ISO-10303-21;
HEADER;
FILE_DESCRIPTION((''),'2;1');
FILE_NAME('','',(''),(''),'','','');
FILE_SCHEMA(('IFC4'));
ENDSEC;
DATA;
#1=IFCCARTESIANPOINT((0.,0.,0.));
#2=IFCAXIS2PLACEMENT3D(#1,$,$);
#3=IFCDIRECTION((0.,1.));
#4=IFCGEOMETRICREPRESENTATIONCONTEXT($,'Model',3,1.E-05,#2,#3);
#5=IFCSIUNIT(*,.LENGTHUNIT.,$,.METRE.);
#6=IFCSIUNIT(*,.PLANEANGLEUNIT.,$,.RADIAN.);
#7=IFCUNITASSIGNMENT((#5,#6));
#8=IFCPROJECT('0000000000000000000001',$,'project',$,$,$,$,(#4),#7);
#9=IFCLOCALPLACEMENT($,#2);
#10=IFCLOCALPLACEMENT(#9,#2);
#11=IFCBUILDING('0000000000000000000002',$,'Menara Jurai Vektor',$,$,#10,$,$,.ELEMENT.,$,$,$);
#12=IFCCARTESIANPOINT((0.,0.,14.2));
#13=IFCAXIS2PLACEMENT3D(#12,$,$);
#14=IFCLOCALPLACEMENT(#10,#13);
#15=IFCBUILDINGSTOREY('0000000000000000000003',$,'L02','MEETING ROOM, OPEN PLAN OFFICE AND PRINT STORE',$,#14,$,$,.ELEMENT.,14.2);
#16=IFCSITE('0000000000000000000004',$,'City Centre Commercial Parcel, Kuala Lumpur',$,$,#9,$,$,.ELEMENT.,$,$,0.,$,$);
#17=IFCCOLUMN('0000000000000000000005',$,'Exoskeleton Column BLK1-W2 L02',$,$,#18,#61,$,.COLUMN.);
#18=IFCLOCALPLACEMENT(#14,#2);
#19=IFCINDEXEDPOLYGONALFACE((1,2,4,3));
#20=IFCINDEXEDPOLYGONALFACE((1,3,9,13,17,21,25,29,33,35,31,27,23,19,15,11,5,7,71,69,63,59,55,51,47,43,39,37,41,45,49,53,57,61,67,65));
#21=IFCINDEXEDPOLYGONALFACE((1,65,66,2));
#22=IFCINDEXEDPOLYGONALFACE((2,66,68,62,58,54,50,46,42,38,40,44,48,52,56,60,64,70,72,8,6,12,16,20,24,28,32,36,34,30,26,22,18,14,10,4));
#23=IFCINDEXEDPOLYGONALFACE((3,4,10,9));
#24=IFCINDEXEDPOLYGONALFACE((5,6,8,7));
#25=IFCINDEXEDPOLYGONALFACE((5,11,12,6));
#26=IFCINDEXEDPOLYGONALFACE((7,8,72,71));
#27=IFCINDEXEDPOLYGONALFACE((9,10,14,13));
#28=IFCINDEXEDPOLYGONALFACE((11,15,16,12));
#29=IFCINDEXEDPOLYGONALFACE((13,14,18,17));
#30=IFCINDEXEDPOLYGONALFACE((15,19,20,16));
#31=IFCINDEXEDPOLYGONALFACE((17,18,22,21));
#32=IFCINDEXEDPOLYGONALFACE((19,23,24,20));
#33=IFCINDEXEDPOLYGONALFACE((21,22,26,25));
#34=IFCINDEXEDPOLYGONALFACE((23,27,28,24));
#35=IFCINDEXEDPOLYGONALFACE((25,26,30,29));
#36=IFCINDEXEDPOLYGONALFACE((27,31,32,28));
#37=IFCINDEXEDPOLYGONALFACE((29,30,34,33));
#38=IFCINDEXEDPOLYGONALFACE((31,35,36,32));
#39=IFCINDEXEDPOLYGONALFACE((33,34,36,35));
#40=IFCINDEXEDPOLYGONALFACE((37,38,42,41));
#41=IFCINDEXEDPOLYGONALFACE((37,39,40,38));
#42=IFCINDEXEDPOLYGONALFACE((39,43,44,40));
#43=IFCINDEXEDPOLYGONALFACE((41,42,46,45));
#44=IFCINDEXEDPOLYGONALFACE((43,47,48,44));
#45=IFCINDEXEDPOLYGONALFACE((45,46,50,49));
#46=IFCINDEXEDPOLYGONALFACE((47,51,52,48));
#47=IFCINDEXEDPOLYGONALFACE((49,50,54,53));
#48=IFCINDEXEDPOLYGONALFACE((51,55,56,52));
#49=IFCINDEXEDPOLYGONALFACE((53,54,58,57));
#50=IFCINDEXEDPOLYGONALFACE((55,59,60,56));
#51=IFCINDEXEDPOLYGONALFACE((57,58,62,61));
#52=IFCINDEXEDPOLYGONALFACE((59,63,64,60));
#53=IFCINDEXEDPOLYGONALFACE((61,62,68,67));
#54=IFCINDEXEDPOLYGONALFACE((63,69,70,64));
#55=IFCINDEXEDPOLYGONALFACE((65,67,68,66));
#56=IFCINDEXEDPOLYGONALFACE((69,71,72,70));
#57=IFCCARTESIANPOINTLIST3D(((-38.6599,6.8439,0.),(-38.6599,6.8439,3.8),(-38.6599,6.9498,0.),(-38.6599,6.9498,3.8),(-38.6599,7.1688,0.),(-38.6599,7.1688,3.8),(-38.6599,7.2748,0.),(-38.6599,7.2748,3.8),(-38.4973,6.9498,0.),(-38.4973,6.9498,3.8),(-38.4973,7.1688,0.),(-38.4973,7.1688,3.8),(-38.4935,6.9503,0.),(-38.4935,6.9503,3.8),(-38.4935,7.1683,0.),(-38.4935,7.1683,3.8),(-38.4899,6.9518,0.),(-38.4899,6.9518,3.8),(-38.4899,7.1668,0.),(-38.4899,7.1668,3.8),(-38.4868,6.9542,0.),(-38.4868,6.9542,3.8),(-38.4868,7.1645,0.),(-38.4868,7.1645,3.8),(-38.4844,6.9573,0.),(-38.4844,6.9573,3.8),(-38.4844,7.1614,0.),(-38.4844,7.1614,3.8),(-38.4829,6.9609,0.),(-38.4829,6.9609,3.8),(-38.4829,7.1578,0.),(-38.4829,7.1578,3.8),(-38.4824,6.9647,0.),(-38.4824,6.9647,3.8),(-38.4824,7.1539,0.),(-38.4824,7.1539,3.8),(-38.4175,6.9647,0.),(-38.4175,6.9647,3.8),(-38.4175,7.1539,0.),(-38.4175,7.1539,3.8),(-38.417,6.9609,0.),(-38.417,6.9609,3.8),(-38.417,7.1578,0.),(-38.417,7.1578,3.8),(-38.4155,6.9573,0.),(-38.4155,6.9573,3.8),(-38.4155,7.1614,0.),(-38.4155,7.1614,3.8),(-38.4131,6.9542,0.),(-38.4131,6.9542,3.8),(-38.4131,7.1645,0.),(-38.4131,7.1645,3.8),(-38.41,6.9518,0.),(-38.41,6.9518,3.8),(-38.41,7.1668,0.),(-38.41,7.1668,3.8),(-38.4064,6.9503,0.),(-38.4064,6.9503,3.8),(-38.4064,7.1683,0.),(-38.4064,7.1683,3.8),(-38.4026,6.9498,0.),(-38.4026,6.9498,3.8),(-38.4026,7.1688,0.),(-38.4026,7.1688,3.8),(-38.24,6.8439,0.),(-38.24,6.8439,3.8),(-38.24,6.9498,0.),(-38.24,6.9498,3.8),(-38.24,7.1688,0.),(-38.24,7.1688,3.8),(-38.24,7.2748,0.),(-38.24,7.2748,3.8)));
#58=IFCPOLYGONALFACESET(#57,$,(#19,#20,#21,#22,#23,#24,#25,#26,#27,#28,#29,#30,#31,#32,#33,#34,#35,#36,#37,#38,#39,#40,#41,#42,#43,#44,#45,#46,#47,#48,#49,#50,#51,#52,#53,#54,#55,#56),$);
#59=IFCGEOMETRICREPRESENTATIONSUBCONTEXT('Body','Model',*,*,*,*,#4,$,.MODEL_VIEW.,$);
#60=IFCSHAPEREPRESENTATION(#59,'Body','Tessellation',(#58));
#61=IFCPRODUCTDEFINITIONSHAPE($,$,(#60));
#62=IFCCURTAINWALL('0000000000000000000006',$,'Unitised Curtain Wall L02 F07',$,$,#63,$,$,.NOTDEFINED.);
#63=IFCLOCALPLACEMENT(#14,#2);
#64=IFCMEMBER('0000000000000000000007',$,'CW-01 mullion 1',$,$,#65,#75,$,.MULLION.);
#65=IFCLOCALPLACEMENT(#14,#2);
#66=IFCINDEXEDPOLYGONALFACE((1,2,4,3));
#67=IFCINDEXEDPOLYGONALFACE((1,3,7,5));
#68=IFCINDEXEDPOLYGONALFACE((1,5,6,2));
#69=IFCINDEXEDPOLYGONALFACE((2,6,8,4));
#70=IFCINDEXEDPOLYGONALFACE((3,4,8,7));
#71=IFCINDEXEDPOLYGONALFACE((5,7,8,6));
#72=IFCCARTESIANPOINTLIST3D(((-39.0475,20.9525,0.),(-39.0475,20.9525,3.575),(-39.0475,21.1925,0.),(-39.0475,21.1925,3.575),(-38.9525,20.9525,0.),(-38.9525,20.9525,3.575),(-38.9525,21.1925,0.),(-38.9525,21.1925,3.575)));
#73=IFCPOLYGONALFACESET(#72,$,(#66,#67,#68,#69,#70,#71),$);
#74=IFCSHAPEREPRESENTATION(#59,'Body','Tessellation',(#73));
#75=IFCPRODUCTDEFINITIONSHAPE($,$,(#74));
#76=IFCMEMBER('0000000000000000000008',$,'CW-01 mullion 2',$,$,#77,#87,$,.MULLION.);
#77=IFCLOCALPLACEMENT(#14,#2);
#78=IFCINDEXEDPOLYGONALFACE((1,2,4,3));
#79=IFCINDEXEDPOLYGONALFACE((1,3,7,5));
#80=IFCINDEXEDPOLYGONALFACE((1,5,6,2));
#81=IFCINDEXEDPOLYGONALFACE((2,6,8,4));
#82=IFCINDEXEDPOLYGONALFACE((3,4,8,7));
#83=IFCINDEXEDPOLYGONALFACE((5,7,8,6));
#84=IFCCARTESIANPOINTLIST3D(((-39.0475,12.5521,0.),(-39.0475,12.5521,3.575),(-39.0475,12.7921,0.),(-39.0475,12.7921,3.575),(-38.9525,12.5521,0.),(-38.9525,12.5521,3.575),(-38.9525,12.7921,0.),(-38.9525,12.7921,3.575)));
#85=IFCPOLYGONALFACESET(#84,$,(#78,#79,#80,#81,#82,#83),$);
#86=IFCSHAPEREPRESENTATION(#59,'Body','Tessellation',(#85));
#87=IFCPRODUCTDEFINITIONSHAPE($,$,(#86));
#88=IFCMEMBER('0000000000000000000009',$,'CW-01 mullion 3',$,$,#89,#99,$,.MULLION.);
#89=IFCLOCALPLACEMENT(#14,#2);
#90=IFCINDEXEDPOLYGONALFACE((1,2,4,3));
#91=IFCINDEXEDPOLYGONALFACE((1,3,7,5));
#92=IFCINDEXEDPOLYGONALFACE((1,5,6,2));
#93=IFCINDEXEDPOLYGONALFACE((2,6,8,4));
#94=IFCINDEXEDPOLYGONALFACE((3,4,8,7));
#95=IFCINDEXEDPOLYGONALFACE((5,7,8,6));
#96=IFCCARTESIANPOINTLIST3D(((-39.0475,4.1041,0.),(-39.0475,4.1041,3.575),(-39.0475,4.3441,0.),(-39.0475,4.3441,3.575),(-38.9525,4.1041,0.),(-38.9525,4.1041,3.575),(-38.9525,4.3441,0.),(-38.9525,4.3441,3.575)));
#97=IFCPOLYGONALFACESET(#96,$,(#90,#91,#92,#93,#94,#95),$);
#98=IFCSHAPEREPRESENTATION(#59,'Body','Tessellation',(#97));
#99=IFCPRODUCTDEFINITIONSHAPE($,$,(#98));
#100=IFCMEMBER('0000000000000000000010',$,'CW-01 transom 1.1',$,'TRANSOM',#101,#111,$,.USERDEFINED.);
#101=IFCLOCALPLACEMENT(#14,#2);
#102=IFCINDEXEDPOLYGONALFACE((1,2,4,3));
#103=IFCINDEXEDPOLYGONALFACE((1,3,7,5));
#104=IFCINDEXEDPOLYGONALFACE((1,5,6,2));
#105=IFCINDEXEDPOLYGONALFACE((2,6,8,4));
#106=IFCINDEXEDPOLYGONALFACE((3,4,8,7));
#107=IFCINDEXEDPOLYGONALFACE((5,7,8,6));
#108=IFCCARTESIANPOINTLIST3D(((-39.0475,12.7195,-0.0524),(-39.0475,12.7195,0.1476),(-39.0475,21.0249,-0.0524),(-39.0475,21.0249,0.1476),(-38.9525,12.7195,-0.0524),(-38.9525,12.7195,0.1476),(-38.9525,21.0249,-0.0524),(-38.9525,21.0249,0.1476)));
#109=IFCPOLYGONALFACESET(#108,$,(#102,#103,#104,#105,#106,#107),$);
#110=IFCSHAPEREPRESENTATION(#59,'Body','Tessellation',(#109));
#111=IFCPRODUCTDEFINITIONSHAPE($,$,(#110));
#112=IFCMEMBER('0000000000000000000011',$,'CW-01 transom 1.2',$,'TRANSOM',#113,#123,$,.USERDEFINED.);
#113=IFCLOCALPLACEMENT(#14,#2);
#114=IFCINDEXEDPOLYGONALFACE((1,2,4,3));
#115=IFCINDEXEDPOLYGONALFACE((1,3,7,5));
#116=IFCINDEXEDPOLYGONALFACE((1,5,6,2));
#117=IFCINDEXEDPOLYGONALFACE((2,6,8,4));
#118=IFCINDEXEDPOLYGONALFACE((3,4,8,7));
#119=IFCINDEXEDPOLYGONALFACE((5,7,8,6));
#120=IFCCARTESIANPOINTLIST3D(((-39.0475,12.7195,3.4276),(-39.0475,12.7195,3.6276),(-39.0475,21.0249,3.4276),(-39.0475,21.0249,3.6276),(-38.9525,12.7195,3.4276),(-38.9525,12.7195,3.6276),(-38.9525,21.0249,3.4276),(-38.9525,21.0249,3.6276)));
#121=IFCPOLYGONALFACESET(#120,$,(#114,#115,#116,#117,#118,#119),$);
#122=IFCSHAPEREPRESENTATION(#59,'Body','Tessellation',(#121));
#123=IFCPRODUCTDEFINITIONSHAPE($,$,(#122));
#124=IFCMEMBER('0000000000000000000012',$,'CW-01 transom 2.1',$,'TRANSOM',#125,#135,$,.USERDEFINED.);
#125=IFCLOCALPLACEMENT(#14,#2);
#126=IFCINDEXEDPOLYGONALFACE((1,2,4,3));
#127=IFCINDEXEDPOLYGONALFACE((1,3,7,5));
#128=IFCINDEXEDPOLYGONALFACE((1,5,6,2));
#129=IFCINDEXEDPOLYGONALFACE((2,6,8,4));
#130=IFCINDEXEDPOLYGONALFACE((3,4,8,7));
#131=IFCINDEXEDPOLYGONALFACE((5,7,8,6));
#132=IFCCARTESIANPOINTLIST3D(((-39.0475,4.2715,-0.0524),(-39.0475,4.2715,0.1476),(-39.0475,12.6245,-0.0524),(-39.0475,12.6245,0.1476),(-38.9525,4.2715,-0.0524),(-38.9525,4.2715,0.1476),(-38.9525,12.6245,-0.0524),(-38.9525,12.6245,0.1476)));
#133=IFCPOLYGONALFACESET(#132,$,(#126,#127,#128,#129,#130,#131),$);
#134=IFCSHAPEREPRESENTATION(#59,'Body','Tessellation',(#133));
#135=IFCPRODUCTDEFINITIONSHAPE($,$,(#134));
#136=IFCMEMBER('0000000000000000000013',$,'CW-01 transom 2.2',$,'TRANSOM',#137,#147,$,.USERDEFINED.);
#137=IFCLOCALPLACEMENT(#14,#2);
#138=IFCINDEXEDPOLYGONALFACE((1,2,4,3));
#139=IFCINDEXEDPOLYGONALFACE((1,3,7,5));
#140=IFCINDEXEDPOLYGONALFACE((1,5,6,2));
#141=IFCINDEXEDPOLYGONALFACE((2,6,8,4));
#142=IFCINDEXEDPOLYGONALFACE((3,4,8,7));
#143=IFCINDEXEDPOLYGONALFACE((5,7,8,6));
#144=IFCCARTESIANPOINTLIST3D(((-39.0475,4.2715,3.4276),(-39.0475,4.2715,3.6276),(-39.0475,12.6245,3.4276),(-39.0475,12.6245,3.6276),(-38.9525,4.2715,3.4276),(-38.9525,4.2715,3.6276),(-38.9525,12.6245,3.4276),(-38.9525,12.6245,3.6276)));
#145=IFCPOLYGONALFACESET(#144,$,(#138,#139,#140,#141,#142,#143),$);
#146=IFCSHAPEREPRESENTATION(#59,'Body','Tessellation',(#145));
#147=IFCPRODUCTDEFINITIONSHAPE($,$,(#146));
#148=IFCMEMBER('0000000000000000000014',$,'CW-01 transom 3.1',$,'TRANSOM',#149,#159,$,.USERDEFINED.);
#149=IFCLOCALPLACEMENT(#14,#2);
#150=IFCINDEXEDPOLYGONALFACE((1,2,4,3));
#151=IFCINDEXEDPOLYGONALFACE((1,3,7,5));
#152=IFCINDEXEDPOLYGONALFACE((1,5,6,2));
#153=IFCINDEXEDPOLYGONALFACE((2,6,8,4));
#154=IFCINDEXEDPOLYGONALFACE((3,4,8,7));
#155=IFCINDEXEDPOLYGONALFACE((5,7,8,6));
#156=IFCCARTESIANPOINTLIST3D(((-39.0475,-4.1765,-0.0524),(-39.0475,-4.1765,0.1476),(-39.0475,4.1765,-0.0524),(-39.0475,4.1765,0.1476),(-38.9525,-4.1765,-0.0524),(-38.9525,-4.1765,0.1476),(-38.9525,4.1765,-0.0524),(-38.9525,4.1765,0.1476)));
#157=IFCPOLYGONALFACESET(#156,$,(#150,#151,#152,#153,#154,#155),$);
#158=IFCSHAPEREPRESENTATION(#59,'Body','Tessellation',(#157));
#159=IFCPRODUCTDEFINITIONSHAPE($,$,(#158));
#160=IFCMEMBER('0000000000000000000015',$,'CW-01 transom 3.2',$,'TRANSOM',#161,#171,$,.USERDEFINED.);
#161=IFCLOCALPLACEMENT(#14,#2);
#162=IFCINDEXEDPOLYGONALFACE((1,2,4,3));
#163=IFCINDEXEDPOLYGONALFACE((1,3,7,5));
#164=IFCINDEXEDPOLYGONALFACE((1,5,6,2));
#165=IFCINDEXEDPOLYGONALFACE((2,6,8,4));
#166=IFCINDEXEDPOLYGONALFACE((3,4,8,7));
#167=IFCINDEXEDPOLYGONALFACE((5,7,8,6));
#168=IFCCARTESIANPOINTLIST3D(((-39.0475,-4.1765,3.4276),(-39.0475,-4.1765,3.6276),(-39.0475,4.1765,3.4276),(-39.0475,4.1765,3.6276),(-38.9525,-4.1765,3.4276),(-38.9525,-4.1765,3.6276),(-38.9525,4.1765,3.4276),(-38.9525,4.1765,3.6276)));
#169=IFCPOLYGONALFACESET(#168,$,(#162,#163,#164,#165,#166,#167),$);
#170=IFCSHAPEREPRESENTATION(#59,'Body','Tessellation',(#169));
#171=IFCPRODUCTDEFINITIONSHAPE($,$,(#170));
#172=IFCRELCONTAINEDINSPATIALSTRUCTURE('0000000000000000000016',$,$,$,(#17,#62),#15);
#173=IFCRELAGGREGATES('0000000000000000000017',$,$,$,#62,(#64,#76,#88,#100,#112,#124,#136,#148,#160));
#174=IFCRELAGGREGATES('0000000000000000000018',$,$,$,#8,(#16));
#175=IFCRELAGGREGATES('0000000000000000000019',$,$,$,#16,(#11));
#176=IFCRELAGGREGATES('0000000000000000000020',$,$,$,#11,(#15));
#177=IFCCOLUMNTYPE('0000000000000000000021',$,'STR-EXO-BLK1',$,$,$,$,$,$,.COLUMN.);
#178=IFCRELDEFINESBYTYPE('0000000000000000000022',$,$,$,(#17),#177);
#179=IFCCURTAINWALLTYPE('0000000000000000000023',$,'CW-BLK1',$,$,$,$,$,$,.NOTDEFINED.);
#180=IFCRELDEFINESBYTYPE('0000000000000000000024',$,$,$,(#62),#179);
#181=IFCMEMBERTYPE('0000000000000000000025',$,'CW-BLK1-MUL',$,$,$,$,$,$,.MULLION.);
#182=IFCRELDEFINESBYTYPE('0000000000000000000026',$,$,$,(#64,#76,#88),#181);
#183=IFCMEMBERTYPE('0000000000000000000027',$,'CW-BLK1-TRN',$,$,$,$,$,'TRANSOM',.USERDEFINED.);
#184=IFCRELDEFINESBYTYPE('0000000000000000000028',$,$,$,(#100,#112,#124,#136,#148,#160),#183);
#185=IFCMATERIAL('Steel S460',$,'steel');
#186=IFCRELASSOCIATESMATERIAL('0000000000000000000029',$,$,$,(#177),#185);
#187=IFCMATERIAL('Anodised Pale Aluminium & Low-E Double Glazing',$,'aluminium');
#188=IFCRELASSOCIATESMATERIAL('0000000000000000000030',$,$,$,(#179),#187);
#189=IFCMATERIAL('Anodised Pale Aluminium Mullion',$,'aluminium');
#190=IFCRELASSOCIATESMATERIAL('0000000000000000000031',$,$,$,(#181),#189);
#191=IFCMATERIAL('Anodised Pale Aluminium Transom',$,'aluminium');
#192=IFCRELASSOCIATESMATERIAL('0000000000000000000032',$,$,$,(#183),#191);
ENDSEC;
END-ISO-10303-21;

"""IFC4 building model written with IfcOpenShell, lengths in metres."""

from ifc_helpers import new_model, si_unit, direction, frame, origin, origin_2d, place, context, subcontext, project, spatial, rectangle, i_section, extrude, material, material_profile, profile_set, type_object, element, aggregate, save


model = new_model("IFC4")

# Units and contexts
model_context = context("Model", 3, precision=1e-05, world=origin(), true_north=direction((0.0, 1.0)))
body_context = subcontext(model_context, "Body", "Model", "MODEL_VIEW")
ifc_project = project(units=[si_unit("LENGTHUNIT", "METRE"), si_unit("PLANEANGLEUNIT", "RADIAN")], contexts=[model_context])

# Site, building, storey
site_placement = place(None, origin())
site = spatial("IfcSite", under=ifc_project, at=site_placement, Name="City Centre Commercial Parcel, Kuala Lumpur", CompositionType="ELEMENT", RefElevation=0.0)
building_placement = place(site_placement, origin())
building = spatial("IfcBuilding", under=site, at=building_placement, Name="Menara Jurai Vektor", CompositionType="ELEMENT")
storey_placement = place(building_placement, frame((0.0, 0.0, 14.2)))
storey = spatial("IfcBuildingStorey", under=building, at=storey_placement, Name="L02", Description="MEETING ROOM, OPEN PLAN OFFICE AND PRINT STORE", CompositionType="ELEMENT", Elevation=14.2)

# Column
ifc_material_1 = material(Name="Steel S460", Category="steel")
ifc_material_profile_1 = material_profile(ifc_material_1, i_section(OverallWidth=0.4199, OverallDepth=0.4309, WebThickness=0.0649, FlangeThickness=0.106, FilletRadius=0.0149, at=origin_2d()), Name="HD 400x900")
ifc_profile_set_1 = profile_set([ifc_material_profile_1], Name="Steel S460")
column_type = type_object("IfcColumnType", Name="STR-EXO-BLK1", PredefinedType="COLUMN", material=ifc_profile_set_1)
column_placement = place(storey_placement, frame((-38.45, 7.0593, 0.0), z_axis=(0.0, 0.0, 1.0), x_axis=(1.0, 0.0, 0.0)))
element("IfcColumn", 1, at=column_placement, inside=storey, type_object=column_type, Name="Exoskeleton Column BLK1-W2 L02", PredefinedType="COLUMN", context=body_context, shape_type="SweptSolid", body=[
    extrude(i_section(OverallWidth=0.4199, OverallDepth=0.4309, WebThickness=0.0649, FlangeThickness=0.106, FilletRadius=0.0149, at=origin_2d()), origin(), (0.0, 0.0, 1.0), 3.8),
])

# Curtain wall, members
ifc_material_2 = material(Name="Anodised Pale Aluminium & Low-E Double Glazing", Category="aluminium")
curtain_wall_type = type_object("IfcCurtainWallType", Name="CW-BLK1", PredefinedType="NOTDEFINED", material=ifc_material_2)
curtain_wall_placement = place(storey_placement, origin())
curtain_wall = element("IfcCurtainWall", 2, at=curtain_wall_placement, inside=storey, type_object=curtain_wall_type, Name="Unitised Curtain Wall L02 F07", PredefinedType="NOTDEFINED")
ifc_material_3 = material(Name="Anodised Pale Aluminium Mullion", Category="aluminium")
ifc_material_profile_2 = material_profile(ifc_material_3, rectangle(XDim=0.095, YDim=0.24, at=origin_2d()), Name="ALU MUL 95x240")
ifc_profile_set_2 = profile_set([ifc_material_profile_2], Name="Anodised Pale Aluminium Mullion")
member_type_1 = type_object("IfcMemberType", Name="CW-BLK1-MUL", PredefinedType="MULLION", material=ifc_profile_set_2)
member_1_placement = place(storey_placement, frame((-39.0, 21.0725, 0.0), z_axis=(0.0, 0.0, 1.0), x_axis=(1.0, 0.0, 0.0)))
member_1 = element("IfcMember", 3, at=member_1_placement, type_object=member_type_1, Name="CW-01 mullion 1", PredefinedType="MULLION", context=body_context, shape_type="SweptSolid", body=[
    extrude(rectangle(XDim=0.095, YDim=0.24, at=origin_2d()), origin(), (0.0, 0.0, 1.0), 3.575),
])
member_2_placement = place(storey_placement, frame((-39.0, 12.6721, 0.0), z_axis=(0.0, 0.0, 1.0), x_axis=(1.0, 0.0, 0.0)))
member_2 = element("IfcMember", 4, at=member_2_placement, type_object=member_type_1, Name="CW-01 mullion 2", PredefinedType="MULLION", context=body_context, shape_type="SweptSolid", body=[
    extrude(rectangle(XDim=0.095, YDim=0.24, at=origin_2d()), origin(), (0.0, 0.0, 1.0), 3.575),
])
member_3_placement = place(storey_placement, frame((-39.0, 4.2241, 0.0), z_axis=(0.0, 0.0, 1.0), x_axis=(1.0, 0.0, 0.0)))
member_3 = element("IfcMember", 5, at=member_3_placement, type_object=member_type_1, Name="CW-01 mullion 3", PredefinedType="MULLION", context=body_context, shape_type="SweptSolid", body=[
    extrude(rectangle(XDim=0.095, YDim=0.24, at=origin_2d()), origin(), (0.0, 0.0, 1.0), 3.575),
])
ifc_material_4 = material(Name="Anodised Pale Aluminium Transom", Category="aluminium")
ifc_material_profile_3 = material_profile(ifc_material_4, rectangle(XDim=0.095, YDim=0.2, at=origin_2d()), Name="ALU TRN 95x200")
ifc_profile_set_3 = profile_set([ifc_material_profile_3], Name="Anodised Pale Aluminium Transom")
member_type_2 = type_object("IfcMemberType", Name="CW-BLK1-TRN", ElementType="TRANSOM", PredefinedType="USERDEFINED", material=ifc_profile_set_3)
member_4_placement = place(storey_placement, frame((-39.0, 21.0249, 0.0476), z_axis=(0.0, -1.0, 0.0), x_axis=(1.0, 0.0, 0.0)))
member_4 = element("IfcMember", 6, at=member_4_placement, type_object=member_type_2, Name="CW-01 transom 1.1", ObjectType="TRANSOM", PredefinedType="USERDEFINED", context=body_context, shape_type="SweptSolid", body=[
    extrude(rectangle(XDim=0.095, YDim=0.2, at=origin_2d()), origin(), (0.0, 0.0, 1.0), 8.3054),
])
member_5_placement = place(storey_placement, frame((-39.0, 21.0249, 3.5276), z_axis=(0.0, -1.0, 0.0), x_axis=(1.0, 0.0, 0.0)))
member_5 = element("IfcMember", 7, at=member_5_placement, type_object=member_type_2, Name="CW-01 transom 1.2", ObjectType="TRANSOM", PredefinedType="USERDEFINED", context=body_context, shape_type="SweptSolid", body=[
    extrude(rectangle(XDim=0.095, YDim=0.2, at=origin_2d()), origin(), (0.0, 0.0, 1.0), 8.3054),
])
member_6_placement = place(storey_placement, frame((-39.0, 12.6245, 0.0476), z_axis=(0.0, -1.0, 0.0), x_axis=(1.0, 0.0, 0.0)))
member_6 = element("IfcMember", 8, at=member_6_placement, type_object=member_type_2, Name="CW-01 transom 2.1", ObjectType="TRANSOM", PredefinedType="USERDEFINED", context=body_context, shape_type="SweptSolid", body=[
    extrude(rectangle(XDim=0.095, YDim=0.2, at=origin_2d()), origin(), (0.0, 0.0, 1.0), 8.353),
])
member_7_placement = place(storey_placement, frame((-39.0, 12.6245, 3.5276), z_axis=(0.0, -1.0, 0.0), x_axis=(1.0, 0.0, 0.0)))
member_7 = element("IfcMember", 9, at=member_7_placement, type_object=member_type_2, Name="CW-01 transom 2.2", ObjectType="TRANSOM", PredefinedType="USERDEFINED", context=body_context, shape_type="SweptSolid", body=[
    extrude(rectangle(XDim=0.095, YDim=0.2, at=origin_2d()), origin(), (0.0, 0.0, 1.0), 8.353),
])
member_8_placement = place(storey_placement, frame((-39.0, 4.1765, 0.0476), z_axis=(0.0, -1.0, 0.0), x_axis=(1.0, 0.0, 0.0)))
member_8 = element("IfcMember", 10, at=member_8_placement, type_object=member_type_2, Name="CW-01 transom 3.1", ObjectType="TRANSOM", PredefinedType="USERDEFINED", context=body_context, shape_type="SweptSolid", body=[
    extrude(rectangle(XDim=0.095, YDim=0.2, at=origin_2d()), origin(), (0.0, 0.0, 1.0), 8.353),
])
member_9_placement = place(storey_placement, frame((-39.0, 4.1765, 3.5276), z_axis=(0.0, -1.0, 0.0), x_axis=(1.0, 0.0, 0.0)))
member_9 = element("IfcMember", 11, at=member_9_placement, type_object=member_type_2, Name="CW-01 transom 3.2", ObjectType="TRANSOM", PredefinedType="USERDEFINED", context=body_context, shape_type="SweptSolid", body=[
    extrude(rectangle(XDim=0.095, YDim=0.2, at=origin_2d()), origin(), (0.0, 0.0, 1.0), 8.353),
])

aggregate(curtain_wall, [member_1, member_2, member_3, member_4, member_5, member_6, member_7, member_8, member_9])

save(model, "model.ifc")
